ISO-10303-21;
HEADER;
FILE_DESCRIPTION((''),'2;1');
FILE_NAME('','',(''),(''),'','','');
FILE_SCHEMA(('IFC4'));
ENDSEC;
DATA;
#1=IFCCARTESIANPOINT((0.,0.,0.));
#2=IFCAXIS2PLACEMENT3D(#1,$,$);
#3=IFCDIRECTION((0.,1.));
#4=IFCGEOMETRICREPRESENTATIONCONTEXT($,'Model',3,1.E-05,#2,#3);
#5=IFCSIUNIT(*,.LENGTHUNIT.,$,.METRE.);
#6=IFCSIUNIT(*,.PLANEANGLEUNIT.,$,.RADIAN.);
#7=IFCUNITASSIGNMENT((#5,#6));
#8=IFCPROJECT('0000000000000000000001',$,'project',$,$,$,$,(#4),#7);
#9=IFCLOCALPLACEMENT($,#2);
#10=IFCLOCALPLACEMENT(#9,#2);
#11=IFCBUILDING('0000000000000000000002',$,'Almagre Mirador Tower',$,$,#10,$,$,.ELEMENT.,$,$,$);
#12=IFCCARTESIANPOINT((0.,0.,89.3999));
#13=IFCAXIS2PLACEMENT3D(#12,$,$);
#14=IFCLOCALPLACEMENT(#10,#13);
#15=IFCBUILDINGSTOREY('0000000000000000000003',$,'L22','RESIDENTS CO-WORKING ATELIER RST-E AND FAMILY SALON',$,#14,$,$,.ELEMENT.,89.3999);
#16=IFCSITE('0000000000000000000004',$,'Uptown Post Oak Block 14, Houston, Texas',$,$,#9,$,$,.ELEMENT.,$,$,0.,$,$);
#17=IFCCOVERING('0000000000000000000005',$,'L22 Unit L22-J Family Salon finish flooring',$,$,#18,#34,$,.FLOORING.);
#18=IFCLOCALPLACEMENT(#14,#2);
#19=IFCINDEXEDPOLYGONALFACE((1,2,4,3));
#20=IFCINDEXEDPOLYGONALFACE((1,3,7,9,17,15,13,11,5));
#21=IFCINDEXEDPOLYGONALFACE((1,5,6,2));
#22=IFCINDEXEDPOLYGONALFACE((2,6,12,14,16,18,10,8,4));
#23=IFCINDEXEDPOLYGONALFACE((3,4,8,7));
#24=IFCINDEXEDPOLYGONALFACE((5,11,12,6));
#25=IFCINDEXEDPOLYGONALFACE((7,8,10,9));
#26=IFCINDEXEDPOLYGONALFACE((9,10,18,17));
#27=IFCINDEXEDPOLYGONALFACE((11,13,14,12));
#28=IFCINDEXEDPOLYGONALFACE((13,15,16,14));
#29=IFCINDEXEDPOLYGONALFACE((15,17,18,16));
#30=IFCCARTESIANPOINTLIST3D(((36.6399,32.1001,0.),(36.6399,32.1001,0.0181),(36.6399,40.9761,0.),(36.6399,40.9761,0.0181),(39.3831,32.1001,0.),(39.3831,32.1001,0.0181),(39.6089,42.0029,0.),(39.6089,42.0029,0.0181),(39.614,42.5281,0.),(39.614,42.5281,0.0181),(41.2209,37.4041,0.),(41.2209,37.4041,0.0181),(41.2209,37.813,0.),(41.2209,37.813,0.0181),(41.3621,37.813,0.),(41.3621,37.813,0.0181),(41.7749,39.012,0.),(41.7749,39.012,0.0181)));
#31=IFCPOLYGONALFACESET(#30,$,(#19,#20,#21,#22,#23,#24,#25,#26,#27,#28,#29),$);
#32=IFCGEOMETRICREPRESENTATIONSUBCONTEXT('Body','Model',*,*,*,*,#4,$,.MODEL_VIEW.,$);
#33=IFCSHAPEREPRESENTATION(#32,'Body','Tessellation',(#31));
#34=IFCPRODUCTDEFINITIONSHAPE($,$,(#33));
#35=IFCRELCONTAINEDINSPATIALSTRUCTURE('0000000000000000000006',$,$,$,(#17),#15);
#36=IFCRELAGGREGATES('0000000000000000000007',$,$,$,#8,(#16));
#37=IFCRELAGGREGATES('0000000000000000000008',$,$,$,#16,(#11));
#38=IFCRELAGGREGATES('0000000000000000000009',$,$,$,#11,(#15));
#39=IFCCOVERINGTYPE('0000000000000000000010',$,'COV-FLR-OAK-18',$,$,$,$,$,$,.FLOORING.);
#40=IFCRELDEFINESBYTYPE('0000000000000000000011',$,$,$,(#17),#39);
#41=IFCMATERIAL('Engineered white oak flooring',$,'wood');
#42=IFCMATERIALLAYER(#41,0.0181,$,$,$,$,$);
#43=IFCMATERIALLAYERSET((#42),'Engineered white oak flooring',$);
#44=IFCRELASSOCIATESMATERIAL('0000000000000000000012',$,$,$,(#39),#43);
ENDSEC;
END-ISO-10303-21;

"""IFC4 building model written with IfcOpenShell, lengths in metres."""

from ifc_helpers import new_model, si_unit, direction, frame, origin, place, context, subcontext, project, spatial, polyline, outline, extrude, material, layer, layer_set, type_object, element, save


model = new_model("IFC4")

# Units and contexts
model_context = context("Model", 3, precision=1e-05, world=origin(), true_north=direction((0.0, 1.0)))
body_context = subcontext(model_context, "Body", "Model", "MODEL_VIEW")
ifc_project = project(units=[si_unit("LENGTHUNIT", "METRE"), si_unit("PLANEANGLEUNIT", "RADIAN")], contexts=[model_context])

# Site, building, storey
site_placement = place(None, origin())
site = spatial("IfcSite", under=ifc_project, at=site_placement, Name="Uptown Post Oak Block 14, Houston, Texas", CompositionType="ELEMENT", RefElevation=0.0)
building_placement = place(site_placement, origin())
building = spatial("IfcBuilding", under=site, at=building_placement, Name="Almagre Mirador Tower", CompositionType="ELEMENT")
storey_placement = place(building_placement, frame((0.0, 0.0, 89.3999)))
storey = spatial("IfcBuildingStorey", under=building, at=storey_placement, Name="L22", Description="RESIDENTS CO-WORKING ATELIER RST-E AND FAMILY SALON", CompositionType="ELEMENT", Elevation=89.3999)

# Covering
ifc_material_1 = material(Name="Engineered white oak flooring", Category="wood")
ifc_layer_1 = layer(ifc_material_1, 0.0181)
ifc_layer_set_1 = layer_set([ifc_layer_1], Name="Engineered white oak flooring")
covering_type = type_object("IfcCoveringType", Name="COV-FLR-OAK-18", PredefinedType="FLOORING", material=ifc_layer_set_1)
covering_1_placement = place(storey_placement, origin())
element("IfcCovering", 1, at=covering_1_placement, inside=storey, type_object=covering_type, Name="L22 Unit L22-J Family Salon finish flooring", PredefinedType="FLOORING", context=body_context, shape_type="SweptSolid", body=[
    extrude(outline(polyline([(36.6399, 40.9761), (39.6089, 42.0029), (39.614, 42.5281), (41.7749, 39.012), (41.3621, 37.813), (41.2209, 37.813), (41.2209, 37.4041), (39.3831, 32.1001), (36.6399, 32.1001), (36.6399, 40.9761)])), origin(), (0.0, 0.0, 1.0), 0.0181),
])

save(model, "model.ifc")
